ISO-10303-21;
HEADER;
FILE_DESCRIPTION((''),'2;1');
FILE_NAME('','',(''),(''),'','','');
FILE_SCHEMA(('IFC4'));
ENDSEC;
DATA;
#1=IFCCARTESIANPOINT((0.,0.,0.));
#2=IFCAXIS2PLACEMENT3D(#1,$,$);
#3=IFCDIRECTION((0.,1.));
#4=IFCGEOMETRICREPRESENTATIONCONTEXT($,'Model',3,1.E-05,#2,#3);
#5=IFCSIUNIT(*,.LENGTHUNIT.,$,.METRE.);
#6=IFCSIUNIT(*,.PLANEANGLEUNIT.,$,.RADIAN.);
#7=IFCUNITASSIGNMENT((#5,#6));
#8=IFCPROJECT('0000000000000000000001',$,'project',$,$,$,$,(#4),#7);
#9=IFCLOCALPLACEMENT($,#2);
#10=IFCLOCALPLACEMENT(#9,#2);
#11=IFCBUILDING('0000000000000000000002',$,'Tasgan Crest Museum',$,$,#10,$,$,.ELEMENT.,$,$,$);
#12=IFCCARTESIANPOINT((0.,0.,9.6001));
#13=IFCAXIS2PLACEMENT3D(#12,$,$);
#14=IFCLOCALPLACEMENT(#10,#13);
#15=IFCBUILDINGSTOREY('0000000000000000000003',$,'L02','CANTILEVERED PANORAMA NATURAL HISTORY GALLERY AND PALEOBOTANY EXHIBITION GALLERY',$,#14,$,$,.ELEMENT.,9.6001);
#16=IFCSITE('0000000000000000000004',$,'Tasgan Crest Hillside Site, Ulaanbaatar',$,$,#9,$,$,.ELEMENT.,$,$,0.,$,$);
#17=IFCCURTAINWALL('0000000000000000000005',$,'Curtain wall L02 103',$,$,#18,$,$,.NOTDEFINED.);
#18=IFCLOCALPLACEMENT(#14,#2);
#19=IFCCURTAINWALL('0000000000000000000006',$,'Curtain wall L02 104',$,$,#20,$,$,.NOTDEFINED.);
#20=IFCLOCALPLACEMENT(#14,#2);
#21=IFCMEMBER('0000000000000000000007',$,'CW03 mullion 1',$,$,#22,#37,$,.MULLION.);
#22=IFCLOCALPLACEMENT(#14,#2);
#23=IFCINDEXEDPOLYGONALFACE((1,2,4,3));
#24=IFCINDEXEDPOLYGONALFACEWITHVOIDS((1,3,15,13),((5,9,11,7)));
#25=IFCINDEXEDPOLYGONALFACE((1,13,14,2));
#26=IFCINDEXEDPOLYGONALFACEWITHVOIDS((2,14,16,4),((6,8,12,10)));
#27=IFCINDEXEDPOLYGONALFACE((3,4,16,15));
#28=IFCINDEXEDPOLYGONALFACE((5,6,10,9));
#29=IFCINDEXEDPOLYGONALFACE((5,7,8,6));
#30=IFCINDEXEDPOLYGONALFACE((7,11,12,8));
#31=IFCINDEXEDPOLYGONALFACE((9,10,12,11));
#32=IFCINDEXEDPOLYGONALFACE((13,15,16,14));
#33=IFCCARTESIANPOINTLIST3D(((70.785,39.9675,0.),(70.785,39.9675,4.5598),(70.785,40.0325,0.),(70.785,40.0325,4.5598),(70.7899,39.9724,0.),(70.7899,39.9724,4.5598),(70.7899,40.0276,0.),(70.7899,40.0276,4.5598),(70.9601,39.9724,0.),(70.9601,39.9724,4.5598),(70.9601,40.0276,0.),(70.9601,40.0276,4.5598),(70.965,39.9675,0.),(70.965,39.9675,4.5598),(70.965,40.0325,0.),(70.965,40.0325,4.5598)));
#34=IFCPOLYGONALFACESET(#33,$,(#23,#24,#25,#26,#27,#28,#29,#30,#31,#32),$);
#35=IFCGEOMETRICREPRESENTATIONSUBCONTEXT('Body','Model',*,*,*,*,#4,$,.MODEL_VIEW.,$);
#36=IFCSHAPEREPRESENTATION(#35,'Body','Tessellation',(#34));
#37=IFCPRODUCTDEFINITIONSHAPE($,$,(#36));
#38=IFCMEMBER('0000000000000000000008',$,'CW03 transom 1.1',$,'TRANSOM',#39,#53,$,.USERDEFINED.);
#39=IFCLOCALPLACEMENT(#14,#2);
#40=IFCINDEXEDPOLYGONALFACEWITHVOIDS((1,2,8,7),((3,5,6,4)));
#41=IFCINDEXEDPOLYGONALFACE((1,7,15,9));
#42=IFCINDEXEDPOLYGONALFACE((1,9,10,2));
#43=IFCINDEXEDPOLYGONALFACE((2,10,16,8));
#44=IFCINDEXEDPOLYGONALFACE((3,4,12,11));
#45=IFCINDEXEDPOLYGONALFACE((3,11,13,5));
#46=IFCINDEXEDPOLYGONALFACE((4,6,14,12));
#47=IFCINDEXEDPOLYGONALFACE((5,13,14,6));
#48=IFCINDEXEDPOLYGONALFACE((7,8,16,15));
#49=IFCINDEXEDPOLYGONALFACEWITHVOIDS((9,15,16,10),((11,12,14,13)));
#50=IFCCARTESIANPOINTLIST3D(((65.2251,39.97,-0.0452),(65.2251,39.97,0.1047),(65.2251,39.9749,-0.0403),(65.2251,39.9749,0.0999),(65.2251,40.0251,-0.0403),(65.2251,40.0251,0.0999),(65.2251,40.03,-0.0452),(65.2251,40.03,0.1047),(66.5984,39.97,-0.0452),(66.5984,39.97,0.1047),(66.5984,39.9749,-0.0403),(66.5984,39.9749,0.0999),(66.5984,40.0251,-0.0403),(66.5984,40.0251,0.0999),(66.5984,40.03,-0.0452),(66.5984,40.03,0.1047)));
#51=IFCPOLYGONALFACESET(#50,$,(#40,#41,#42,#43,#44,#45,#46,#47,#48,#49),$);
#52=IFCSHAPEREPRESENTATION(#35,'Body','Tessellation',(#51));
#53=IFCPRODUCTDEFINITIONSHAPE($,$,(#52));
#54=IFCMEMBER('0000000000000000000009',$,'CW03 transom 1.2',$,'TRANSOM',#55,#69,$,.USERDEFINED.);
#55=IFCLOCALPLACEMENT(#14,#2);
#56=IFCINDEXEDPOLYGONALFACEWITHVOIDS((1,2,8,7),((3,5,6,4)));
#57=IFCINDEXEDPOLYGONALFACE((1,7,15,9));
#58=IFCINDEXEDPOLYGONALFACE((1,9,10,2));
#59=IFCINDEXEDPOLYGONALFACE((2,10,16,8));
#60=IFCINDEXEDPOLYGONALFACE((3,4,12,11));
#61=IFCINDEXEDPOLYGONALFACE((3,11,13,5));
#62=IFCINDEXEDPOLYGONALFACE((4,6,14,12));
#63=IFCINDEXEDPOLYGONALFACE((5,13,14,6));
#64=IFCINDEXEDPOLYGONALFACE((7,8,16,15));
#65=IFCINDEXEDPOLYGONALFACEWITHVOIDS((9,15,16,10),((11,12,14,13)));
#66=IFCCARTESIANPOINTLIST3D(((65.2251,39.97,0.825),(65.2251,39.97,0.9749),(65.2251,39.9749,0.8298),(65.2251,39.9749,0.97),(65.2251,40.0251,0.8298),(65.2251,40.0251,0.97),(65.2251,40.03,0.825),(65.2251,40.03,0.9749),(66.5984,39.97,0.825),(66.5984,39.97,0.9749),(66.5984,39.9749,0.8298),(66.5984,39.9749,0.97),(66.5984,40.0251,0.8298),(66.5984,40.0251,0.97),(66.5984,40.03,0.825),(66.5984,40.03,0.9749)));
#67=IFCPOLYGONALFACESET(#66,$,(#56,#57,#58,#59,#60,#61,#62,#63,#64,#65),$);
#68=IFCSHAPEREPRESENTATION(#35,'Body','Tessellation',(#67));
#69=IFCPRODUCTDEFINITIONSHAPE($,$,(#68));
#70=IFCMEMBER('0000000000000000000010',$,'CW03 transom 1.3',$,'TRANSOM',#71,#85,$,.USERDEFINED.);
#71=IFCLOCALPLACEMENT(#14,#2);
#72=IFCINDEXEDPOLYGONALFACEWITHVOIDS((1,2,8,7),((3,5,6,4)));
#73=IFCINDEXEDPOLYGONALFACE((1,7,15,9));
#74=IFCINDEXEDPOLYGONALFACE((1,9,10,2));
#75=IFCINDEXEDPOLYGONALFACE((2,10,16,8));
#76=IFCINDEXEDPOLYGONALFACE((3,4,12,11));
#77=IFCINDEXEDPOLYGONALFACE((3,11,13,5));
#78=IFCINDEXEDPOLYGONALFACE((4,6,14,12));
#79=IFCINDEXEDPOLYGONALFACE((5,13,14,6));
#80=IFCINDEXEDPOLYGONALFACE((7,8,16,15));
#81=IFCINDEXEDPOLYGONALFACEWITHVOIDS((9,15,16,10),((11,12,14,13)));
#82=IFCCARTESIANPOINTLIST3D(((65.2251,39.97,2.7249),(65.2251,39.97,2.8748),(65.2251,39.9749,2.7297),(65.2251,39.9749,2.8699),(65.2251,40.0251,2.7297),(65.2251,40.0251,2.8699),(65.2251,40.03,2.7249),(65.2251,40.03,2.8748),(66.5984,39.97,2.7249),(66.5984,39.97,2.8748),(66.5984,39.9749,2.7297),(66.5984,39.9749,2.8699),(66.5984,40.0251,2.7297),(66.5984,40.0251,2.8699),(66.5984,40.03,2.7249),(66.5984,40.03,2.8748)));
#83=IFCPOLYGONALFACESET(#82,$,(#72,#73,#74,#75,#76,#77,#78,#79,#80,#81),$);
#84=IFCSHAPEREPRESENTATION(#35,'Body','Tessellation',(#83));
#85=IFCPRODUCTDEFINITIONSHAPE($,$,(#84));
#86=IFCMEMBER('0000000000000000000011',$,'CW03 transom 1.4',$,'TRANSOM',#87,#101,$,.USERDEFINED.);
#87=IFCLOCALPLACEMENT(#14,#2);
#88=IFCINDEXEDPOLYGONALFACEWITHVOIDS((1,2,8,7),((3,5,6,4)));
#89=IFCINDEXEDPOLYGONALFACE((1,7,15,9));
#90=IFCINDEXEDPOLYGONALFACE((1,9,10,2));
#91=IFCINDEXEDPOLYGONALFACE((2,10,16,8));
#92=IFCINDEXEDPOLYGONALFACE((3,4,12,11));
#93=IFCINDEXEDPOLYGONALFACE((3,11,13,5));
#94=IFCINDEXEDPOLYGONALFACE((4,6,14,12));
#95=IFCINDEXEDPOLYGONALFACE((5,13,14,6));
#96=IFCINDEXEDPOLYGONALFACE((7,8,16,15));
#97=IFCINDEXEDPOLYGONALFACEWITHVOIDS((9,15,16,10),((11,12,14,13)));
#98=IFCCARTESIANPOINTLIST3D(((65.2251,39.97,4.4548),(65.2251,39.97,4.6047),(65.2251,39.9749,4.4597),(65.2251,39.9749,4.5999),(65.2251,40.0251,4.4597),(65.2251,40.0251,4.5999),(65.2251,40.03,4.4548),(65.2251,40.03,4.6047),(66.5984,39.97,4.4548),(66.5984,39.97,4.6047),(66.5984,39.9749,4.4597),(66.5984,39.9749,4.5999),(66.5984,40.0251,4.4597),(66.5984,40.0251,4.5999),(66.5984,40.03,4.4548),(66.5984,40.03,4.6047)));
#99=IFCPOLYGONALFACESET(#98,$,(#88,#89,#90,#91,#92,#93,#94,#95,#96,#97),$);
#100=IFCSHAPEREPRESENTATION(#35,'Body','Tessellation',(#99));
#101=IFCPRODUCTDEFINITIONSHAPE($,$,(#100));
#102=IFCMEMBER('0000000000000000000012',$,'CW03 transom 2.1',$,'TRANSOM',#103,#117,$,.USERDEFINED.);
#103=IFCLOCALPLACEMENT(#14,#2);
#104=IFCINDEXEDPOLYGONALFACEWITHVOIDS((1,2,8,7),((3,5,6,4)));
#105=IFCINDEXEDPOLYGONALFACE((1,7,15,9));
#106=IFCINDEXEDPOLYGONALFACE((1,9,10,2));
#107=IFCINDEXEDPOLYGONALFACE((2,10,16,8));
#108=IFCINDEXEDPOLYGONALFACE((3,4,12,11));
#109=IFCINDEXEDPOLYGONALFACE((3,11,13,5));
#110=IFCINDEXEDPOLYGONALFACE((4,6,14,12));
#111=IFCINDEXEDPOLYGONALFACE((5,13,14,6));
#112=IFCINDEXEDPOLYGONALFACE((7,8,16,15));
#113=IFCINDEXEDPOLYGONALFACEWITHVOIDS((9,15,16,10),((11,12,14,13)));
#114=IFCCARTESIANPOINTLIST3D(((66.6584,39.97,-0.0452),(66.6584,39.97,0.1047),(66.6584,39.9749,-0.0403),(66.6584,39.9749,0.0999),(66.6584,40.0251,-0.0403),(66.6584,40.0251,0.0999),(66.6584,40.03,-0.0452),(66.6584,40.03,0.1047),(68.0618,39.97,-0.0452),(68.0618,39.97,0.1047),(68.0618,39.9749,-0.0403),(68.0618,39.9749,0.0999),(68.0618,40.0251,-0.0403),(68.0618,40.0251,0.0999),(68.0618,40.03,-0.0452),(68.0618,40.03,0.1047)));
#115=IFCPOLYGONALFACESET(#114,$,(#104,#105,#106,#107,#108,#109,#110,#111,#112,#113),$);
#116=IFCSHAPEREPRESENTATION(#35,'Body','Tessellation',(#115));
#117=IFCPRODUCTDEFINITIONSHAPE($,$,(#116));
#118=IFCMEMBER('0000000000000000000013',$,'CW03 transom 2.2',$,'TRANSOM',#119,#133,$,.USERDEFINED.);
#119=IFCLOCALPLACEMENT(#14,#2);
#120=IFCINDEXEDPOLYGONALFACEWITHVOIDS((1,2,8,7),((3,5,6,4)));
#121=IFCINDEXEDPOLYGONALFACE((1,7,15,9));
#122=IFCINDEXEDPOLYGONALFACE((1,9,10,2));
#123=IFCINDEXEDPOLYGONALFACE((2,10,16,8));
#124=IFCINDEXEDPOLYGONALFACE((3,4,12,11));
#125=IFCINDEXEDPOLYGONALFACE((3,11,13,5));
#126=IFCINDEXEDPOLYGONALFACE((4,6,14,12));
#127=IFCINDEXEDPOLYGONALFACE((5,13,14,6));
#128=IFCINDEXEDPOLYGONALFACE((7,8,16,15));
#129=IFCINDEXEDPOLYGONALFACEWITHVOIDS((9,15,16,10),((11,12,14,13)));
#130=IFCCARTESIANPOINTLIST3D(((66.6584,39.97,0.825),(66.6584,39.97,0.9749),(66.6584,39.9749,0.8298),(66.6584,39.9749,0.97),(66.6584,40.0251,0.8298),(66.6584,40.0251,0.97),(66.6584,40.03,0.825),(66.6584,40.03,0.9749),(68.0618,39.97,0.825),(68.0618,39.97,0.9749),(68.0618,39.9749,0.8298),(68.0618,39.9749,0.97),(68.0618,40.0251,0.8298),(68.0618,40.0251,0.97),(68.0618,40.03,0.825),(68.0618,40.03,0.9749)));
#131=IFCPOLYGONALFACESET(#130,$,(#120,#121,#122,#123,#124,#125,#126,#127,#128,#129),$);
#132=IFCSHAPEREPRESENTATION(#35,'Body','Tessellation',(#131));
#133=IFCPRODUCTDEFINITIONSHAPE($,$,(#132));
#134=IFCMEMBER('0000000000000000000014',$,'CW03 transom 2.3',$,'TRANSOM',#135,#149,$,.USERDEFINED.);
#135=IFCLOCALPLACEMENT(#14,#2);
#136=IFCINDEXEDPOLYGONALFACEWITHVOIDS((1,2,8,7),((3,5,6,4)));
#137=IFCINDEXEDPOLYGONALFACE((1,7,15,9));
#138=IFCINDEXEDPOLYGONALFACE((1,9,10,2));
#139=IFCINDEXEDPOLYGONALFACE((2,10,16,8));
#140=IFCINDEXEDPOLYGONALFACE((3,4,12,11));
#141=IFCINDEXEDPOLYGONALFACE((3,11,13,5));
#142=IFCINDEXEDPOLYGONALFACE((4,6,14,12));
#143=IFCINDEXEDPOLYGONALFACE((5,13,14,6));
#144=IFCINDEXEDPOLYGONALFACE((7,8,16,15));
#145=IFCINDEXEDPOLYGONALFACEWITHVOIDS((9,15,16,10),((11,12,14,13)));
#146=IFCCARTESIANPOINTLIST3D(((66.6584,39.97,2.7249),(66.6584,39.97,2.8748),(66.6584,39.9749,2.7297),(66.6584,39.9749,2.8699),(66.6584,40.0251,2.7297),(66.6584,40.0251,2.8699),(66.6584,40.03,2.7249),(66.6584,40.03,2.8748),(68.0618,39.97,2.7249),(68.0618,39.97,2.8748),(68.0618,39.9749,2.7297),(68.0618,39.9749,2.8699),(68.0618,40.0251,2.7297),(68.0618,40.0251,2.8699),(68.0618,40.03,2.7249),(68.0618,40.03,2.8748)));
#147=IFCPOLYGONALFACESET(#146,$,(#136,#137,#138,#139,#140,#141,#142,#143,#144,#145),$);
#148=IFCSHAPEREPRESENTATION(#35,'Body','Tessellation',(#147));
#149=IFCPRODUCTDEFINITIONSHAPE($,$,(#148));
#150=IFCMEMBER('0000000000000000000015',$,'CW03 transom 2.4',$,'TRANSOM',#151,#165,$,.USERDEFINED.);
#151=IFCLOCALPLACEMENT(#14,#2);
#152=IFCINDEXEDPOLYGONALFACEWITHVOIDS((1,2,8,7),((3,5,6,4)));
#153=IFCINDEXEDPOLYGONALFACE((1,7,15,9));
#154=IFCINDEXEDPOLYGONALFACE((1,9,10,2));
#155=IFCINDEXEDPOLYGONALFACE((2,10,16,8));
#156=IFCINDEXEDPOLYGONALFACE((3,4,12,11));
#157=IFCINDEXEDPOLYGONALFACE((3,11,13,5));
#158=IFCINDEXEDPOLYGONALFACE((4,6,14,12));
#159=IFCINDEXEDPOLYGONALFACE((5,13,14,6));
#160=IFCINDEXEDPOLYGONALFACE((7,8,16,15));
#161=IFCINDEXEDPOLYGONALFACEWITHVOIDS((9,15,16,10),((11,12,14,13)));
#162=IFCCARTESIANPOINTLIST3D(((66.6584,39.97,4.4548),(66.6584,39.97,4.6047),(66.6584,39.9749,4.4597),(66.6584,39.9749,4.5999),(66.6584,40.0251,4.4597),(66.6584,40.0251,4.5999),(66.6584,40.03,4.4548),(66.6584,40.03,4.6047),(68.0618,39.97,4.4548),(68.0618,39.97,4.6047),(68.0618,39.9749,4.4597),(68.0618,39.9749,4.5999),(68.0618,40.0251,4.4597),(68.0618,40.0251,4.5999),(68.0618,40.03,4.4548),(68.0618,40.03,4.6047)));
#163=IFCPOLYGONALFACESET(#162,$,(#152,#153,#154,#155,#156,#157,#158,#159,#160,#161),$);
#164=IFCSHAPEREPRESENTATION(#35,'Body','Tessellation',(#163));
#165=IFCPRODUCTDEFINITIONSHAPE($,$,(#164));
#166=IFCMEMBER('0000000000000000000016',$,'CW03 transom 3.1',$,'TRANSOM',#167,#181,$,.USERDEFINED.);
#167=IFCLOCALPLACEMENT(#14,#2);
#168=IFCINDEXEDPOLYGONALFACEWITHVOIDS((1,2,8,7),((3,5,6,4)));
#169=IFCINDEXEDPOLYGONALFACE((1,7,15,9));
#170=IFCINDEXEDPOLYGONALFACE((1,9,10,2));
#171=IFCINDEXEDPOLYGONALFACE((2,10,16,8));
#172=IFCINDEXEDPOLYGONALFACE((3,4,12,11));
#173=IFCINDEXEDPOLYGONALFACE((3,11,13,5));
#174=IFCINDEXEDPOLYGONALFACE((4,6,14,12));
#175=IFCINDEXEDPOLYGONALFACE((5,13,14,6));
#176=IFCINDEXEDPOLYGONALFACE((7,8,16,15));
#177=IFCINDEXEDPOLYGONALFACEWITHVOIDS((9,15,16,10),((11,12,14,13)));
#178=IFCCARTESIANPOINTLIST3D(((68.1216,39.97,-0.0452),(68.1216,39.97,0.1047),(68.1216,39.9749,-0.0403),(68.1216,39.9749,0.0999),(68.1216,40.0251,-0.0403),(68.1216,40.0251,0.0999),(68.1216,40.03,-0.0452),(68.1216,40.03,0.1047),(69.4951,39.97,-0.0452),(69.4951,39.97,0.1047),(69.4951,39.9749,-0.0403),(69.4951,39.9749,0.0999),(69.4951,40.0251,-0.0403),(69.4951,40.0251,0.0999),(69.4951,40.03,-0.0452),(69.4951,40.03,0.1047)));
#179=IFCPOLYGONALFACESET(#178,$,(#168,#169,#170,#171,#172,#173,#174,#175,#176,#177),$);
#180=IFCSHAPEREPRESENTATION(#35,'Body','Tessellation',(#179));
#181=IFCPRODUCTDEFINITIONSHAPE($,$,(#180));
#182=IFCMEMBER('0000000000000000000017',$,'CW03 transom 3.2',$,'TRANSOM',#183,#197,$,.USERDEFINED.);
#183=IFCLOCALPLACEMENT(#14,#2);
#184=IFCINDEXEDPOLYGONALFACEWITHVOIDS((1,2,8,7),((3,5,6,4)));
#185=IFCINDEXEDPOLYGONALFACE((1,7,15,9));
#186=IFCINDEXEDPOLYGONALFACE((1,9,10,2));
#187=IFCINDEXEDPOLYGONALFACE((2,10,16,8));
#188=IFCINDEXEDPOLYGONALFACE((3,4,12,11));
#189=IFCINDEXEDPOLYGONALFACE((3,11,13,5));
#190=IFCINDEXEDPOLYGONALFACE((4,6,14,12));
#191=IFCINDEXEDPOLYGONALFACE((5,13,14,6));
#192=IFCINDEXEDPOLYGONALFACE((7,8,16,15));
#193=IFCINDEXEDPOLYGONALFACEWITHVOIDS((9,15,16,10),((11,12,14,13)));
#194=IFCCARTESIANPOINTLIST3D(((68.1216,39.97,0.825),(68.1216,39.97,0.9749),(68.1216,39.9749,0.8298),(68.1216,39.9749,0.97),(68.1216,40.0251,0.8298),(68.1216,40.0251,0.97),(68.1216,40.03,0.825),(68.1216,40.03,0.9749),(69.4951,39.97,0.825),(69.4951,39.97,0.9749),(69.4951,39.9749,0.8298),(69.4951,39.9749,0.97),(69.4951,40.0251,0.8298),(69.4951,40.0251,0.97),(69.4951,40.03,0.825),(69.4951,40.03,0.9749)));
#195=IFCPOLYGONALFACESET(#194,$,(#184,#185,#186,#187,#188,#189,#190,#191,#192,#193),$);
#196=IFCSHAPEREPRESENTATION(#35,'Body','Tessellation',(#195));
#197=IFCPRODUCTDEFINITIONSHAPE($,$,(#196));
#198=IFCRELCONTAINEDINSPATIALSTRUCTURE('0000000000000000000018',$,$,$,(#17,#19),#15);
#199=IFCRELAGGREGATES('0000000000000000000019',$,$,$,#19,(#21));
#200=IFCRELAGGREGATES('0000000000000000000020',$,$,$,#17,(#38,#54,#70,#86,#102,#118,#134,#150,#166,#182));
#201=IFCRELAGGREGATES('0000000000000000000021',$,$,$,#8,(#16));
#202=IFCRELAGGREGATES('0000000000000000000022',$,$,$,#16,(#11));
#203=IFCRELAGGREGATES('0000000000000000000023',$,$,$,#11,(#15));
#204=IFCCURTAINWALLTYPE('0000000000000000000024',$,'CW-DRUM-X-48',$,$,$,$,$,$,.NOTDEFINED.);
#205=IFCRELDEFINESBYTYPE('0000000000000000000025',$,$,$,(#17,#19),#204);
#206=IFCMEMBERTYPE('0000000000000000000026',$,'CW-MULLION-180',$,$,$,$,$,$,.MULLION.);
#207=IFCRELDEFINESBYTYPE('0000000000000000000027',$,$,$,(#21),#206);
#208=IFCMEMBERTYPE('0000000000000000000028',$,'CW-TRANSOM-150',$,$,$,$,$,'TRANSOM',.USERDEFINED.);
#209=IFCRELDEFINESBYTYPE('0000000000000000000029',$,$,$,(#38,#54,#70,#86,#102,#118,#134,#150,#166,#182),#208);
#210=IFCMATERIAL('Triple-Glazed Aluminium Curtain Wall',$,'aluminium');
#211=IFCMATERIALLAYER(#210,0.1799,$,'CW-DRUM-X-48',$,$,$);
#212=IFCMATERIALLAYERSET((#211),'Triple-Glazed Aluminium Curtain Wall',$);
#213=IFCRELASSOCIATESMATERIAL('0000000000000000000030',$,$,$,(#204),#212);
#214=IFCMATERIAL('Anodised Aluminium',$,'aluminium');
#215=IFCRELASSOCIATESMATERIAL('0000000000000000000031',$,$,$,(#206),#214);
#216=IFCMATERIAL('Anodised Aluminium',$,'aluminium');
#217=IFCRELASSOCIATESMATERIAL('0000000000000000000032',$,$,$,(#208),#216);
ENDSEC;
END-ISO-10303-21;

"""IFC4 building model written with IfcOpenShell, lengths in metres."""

from ifc_helpers import new_model, si_unit, direction, frame, origin, origin_2d, place, context, subcontext, project, spatial, hollow_rectangle, extrude, material, layer, layer_set, material_profile, profile_set, type_object, element, aggregate, save


model = new_model("IFC4")

# Units and contexts
model_context = context("Model", 3, precision=1e-05, world=origin(), true_north=direction((0.0, 1.0)))
body_context = subcontext(model_context, "Body", "Model", "MODEL_VIEW")
ifc_project = project(units=[si_unit("LENGTHUNIT", "METRE"), si_unit("PLANEANGLEUNIT", "RADIAN")], contexts=[model_context])

# Site, building, storey
site_placement = place(None, origin())
site = spatial("IfcSite", under=ifc_project, at=site_placement, Name="Tasgan Crest Hillside Site, Ulaanbaatar", CompositionType="ELEMENT", RefElevation=0.0)
building_placement = place(site_placement, origin())
building = spatial("IfcBuilding", under=site, at=building_placement, Name="Tasgan Crest Museum", CompositionType="ELEMENT")
storey_placement = place(building_placement, frame((0.0, 0.0, 9.6001)))
storey = spatial("IfcBuildingStorey", under=building, at=storey_placement, Name="L02", Description="CANTILEVERED PANORAMA NATURAL HISTORY GALLERY AND PALEOBOTANY EXHIBITION GALLERY", CompositionType="ELEMENT", Elevation=9.6001)

# Shared definitions
ifc_material_1 = material(Name="Triple-Glazed Aluminium Curtain Wall", Category="aluminium")
ifc_layer_1 = layer(ifc_material_1, 0.1799, Name="CW-DRUM-X-48")
ifc_layer_set_1 = layer_set([ifc_layer_1], Name="Triple-Glazed Aluminium Curtain Wall")
curtain_wall_type = type_object("IfcCurtainWallType", Name="CW-DRUM-X-48", PredefinedType="NOTDEFINED", material=ifc_layer_set_1)
ifc_material_2 = material(Name="Anodised Aluminium", Category="aluminium")
ifc_material_profile_1 = material_profile(ifc_material_2, hollow_rectangle(XDim=0.0649, YDim=0.1799, WallThickness=0.0049, at=origin_2d()), Name="ALU MULLION 180x65x5")
ifc_profile_set_1 = profile_set([ifc_material_profile_1], Name="Anodised Aluminium")
member_type_1 = type_object("IfcMemberType", Name="CW-MULLION-180", PredefinedType="MULLION", material=ifc_profile_set_1)

# Curtain wall
curtain_wall_1_placement = place(storey_placement, origin())
curtain_wall_1 = element("IfcCurtainWall", 1, at=curtain_wall_1_placement, inside=storey, type_object=curtain_wall_type, Name="Curtain wall L02 103", PredefinedType="NOTDEFINED")

# Curtain wall, member
curtain_wall_2_placement = place(storey_placement, origin())
curtain_wall_2 = element("IfcCurtainWall", 2, at=curtain_wall_2_placement, inside=storey, type_object=curtain_wall_type, Name="Curtain wall L02 104", PredefinedType="NOTDEFINED")
member_1_placement = place(storey_placement, frame((70.875, 40.0, 0.0), z_axis=(0.0, 0.0, 1.0), x_axis=(0.0, 1.0, 0.0)))
member_1 = element("IfcMember", 3, at=member_1_placement, type_object=member_type_1, Name="CW03 mullion 1", PredefinedType="MULLION", context=body_context, shape_type="SweptSolid", body=[
    extrude(hollow_rectangle(XDim=0.0649, YDim=0.1799, WallThickness=0.0049, at=origin_2d()), origin(), (0.0, 0.0, 1.0), 4.5598),
])

# Members
ifc_material_3 = material(Name="Anodised Aluminium", Category="aluminium")
ifc_material_profile_2 = material_profile(ifc_material_3, hollow_rectangle(XDim=0.0601, YDim=0.1499, WallThickness=0.0049, at=origin_2d()), Name="ALU TRANSOM 150x60x5")
ifc_profile_set_2 = profile_set([ifc_material_profile_2], Name="Anodised Aluminium")
member_type_2 = type_object("IfcMemberType", Name="CW-TRANSOM-150", ElementType="TRANSOM", PredefinedType="USERDEFINED", material=ifc_profile_set_2)
member_2_placement = place(storey_placement, frame((65.2251, 40.0, 0.0298), z_axis=(1.0, 0.0, 0.0), x_axis=(0.0, 1.0, 0.0)))
member_2 = element("IfcMember", 4, at=member_2_placement, type_object=member_type_2, Name="CW03 transom 1.1", ObjectType="TRANSOM", PredefinedType="USERDEFINED", context=body_context, shape_type="SweptSolid", body=[
    extrude(hollow_rectangle(XDim=0.0601, YDim=0.1499, WallThickness=0.0049, at=origin_2d()), origin(), (0.0, 0.0, 1.0), 1.3733),
])
member_3_placement = place(storey_placement, frame((65.2251, 40.0, 0.8999), z_axis=(1.0, 0.0, 0.0), x_axis=(0.0, 1.0, 0.0)))
member_3 = element("IfcMember", 5, at=member_3_placement, type_object=member_type_2, Name="CW03 transom 1.2", ObjectType="TRANSOM", PredefinedType="USERDEFINED", context=body_context, shape_type="SweptSolid", body=[
    extrude(hollow_rectangle(XDim=0.0601, YDim=0.1499, WallThickness=0.0049, at=origin_2d()), origin(), (0.0, 0.0, 1.0), 1.3733),
])
member_4_placement = place(storey_placement, frame((65.2251, 40.0, 2.7998), z_axis=(1.0, 0.0, 0.0), x_axis=(0.0, 1.0, 0.0)))
member_4 = element("IfcMember", 6, at=member_4_placement, type_object=member_type_2, Name="CW03 transom 1.3", ObjectType="TRANSOM", PredefinedType="USERDEFINED", context=body_context, shape_type="SweptSolid", body=[
    extrude(hollow_rectangle(XDim=0.0601, YDim=0.1499, WallThickness=0.0049, at=origin_2d()), origin(), (0.0, 0.0, 1.0), 1.3733),
])
member_5_placement = place(storey_placement, frame((65.2251, 40.0, 4.5298), z_axis=(1.0, 0.0, 0.0), x_axis=(0.0, 1.0, 0.0)))
member_5 = element("IfcMember", 7, at=member_5_placement, type_object=member_type_2, Name="CW03 transom 1.4", ObjectType="TRANSOM", PredefinedType="USERDEFINED", context=body_context, shape_type="SweptSolid", body=[
    extrude(hollow_rectangle(XDim=0.0601, YDim=0.1499, WallThickness=0.0049, at=origin_2d()), origin(), (0.0, 0.0, 1.0), 1.3733),
])
member_6_placement = place(storey_placement, frame((66.6584, 40.0, 0.0298), z_axis=(1.0, 0.0, 0.0), x_axis=(0.0, 1.0, 0.0)))
member_6 = element("IfcMember", 8, at=member_6_placement, type_object=member_type_2, Name="CW03 transom 2.1", ObjectType="TRANSOM", PredefinedType="USERDEFINED", context=body_context, shape_type="SweptSolid", body=[
    extrude(hollow_rectangle(XDim=0.0601, YDim=0.1499, WallThickness=0.0049, at=origin_2d()), origin(), (0.0, 0.0, 1.0), 1.4033),
])
member_7_placement = place(storey_placement, frame((66.6584, 40.0, 0.8999), z_axis=(1.0, 0.0, 0.0), x_axis=(0.0, 1.0, 0.0)))
member_7 = element("IfcMember", 9, at=member_7_placement, type_object=member_type_2, Name="CW03 transom 2.2", ObjectType="TRANSOM", PredefinedType="USERDEFINED", context=body_context, shape_type="SweptSolid", body=[
    extrude(hollow_rectangle(XDim=0.0601, YDim=0.1499, WallThickness=0.0049, at=origin_2d()), origin(), (0.0, 0.0, 1.0), 1.4033),
])
member_8_placement = place(storey_placement, frame((66.6584, 40.0, 2.7998), z_axis=(1.0, 0.0, 0.0), x_axis=(0.0, 1.0, 0.0)))
member_8 = element("IfcMember", 10, at=member_8_placement, type_object=member_type_2, Name="CW03 transom 2.3", ObjectType="TRANSOM", PredefinedType="USERDEFINED", context=body_context, shape_type="SweptSolid", body=[
    extrude(hollow_rectangle(XDim=0.0601, YDim=0.1499, WallThickness=0.0049, at=origin_2d()), origin(), (0.0, 0.0, 1.0), 1.4033),
])
member_9_placement = place(storey_placement, frame((66.6584, 40.0, 4.5298), z_axis=(1.0, 0.0, 0.0), x_axis=(0.0, 1.0, 0.0)))
member_9 = element("IfcMember", 11, at=member_9_placement, type_object=member_type_2, Name="CW03 transom 2.4", ObjectType="TRANSOM", PredefinedType="USERDEFINED", context=body_context, shape_type="SweptSolid", body=[
    extrude(hollow_rectangle(XDim=0.0601, YDim=0.1499, WallThickness=0.0049, at=origin_2d()), origin(), (0.0, 0.0, 1.0), 1.4033),
])
member_10_placement = place(storey_placement, frame((68.1216, 40.0, 0.0298), z_axis=(1.0, 0.0, 0.0), x_axis=(0.0, 1.0, 0.0)))
member_10 = element("IfcMember", 12, at=member_10_placement, type_object=member_type_2, Name="CW03 transom 3.1", ObjectType="TRANSOM", PredefinedType="USERDEFINED", context=body_context, shape_type="SweptSolid", body=[
    extrude(hollow_rectangle(XDim=0.0601, YDim=0.1499, WallThickness=0.0049, at=origin_2d()), origin(), (0.0, 0.0, 1.0), 1.3735),
])
member_11_placement = place(storey_placement, frame((68.1216, 40.0, 0.8999), z_axis=(1.0, 0.0, 0.0), x_axis=(0.0, 1.0, 0.0)))
member_11 = element("IfcMember", 13, at=member_11_placement, type_object=member_type_2, Name="CW03 transom 3.2", ObjectType="TRANSOM", PredefinedType="USERDEFINED", context=body_context, shape_type="SweptSolid", body=[
    extrude(hollow_rectangle(XDim=0.0601, YDim=0.1499, WallThickness=0.0049, at=origin_2d()), origin(), (0.0, 0.0, 1.0), 1.3735),
])

aggregate(curtain_wall_2, [member_1])
aggregate(curtain_wall_1, [member_2, member_3, member_4, member_5, member_6, member_7, member_8, member_9, member_10, member_11])

save(model, "model.ifc")
